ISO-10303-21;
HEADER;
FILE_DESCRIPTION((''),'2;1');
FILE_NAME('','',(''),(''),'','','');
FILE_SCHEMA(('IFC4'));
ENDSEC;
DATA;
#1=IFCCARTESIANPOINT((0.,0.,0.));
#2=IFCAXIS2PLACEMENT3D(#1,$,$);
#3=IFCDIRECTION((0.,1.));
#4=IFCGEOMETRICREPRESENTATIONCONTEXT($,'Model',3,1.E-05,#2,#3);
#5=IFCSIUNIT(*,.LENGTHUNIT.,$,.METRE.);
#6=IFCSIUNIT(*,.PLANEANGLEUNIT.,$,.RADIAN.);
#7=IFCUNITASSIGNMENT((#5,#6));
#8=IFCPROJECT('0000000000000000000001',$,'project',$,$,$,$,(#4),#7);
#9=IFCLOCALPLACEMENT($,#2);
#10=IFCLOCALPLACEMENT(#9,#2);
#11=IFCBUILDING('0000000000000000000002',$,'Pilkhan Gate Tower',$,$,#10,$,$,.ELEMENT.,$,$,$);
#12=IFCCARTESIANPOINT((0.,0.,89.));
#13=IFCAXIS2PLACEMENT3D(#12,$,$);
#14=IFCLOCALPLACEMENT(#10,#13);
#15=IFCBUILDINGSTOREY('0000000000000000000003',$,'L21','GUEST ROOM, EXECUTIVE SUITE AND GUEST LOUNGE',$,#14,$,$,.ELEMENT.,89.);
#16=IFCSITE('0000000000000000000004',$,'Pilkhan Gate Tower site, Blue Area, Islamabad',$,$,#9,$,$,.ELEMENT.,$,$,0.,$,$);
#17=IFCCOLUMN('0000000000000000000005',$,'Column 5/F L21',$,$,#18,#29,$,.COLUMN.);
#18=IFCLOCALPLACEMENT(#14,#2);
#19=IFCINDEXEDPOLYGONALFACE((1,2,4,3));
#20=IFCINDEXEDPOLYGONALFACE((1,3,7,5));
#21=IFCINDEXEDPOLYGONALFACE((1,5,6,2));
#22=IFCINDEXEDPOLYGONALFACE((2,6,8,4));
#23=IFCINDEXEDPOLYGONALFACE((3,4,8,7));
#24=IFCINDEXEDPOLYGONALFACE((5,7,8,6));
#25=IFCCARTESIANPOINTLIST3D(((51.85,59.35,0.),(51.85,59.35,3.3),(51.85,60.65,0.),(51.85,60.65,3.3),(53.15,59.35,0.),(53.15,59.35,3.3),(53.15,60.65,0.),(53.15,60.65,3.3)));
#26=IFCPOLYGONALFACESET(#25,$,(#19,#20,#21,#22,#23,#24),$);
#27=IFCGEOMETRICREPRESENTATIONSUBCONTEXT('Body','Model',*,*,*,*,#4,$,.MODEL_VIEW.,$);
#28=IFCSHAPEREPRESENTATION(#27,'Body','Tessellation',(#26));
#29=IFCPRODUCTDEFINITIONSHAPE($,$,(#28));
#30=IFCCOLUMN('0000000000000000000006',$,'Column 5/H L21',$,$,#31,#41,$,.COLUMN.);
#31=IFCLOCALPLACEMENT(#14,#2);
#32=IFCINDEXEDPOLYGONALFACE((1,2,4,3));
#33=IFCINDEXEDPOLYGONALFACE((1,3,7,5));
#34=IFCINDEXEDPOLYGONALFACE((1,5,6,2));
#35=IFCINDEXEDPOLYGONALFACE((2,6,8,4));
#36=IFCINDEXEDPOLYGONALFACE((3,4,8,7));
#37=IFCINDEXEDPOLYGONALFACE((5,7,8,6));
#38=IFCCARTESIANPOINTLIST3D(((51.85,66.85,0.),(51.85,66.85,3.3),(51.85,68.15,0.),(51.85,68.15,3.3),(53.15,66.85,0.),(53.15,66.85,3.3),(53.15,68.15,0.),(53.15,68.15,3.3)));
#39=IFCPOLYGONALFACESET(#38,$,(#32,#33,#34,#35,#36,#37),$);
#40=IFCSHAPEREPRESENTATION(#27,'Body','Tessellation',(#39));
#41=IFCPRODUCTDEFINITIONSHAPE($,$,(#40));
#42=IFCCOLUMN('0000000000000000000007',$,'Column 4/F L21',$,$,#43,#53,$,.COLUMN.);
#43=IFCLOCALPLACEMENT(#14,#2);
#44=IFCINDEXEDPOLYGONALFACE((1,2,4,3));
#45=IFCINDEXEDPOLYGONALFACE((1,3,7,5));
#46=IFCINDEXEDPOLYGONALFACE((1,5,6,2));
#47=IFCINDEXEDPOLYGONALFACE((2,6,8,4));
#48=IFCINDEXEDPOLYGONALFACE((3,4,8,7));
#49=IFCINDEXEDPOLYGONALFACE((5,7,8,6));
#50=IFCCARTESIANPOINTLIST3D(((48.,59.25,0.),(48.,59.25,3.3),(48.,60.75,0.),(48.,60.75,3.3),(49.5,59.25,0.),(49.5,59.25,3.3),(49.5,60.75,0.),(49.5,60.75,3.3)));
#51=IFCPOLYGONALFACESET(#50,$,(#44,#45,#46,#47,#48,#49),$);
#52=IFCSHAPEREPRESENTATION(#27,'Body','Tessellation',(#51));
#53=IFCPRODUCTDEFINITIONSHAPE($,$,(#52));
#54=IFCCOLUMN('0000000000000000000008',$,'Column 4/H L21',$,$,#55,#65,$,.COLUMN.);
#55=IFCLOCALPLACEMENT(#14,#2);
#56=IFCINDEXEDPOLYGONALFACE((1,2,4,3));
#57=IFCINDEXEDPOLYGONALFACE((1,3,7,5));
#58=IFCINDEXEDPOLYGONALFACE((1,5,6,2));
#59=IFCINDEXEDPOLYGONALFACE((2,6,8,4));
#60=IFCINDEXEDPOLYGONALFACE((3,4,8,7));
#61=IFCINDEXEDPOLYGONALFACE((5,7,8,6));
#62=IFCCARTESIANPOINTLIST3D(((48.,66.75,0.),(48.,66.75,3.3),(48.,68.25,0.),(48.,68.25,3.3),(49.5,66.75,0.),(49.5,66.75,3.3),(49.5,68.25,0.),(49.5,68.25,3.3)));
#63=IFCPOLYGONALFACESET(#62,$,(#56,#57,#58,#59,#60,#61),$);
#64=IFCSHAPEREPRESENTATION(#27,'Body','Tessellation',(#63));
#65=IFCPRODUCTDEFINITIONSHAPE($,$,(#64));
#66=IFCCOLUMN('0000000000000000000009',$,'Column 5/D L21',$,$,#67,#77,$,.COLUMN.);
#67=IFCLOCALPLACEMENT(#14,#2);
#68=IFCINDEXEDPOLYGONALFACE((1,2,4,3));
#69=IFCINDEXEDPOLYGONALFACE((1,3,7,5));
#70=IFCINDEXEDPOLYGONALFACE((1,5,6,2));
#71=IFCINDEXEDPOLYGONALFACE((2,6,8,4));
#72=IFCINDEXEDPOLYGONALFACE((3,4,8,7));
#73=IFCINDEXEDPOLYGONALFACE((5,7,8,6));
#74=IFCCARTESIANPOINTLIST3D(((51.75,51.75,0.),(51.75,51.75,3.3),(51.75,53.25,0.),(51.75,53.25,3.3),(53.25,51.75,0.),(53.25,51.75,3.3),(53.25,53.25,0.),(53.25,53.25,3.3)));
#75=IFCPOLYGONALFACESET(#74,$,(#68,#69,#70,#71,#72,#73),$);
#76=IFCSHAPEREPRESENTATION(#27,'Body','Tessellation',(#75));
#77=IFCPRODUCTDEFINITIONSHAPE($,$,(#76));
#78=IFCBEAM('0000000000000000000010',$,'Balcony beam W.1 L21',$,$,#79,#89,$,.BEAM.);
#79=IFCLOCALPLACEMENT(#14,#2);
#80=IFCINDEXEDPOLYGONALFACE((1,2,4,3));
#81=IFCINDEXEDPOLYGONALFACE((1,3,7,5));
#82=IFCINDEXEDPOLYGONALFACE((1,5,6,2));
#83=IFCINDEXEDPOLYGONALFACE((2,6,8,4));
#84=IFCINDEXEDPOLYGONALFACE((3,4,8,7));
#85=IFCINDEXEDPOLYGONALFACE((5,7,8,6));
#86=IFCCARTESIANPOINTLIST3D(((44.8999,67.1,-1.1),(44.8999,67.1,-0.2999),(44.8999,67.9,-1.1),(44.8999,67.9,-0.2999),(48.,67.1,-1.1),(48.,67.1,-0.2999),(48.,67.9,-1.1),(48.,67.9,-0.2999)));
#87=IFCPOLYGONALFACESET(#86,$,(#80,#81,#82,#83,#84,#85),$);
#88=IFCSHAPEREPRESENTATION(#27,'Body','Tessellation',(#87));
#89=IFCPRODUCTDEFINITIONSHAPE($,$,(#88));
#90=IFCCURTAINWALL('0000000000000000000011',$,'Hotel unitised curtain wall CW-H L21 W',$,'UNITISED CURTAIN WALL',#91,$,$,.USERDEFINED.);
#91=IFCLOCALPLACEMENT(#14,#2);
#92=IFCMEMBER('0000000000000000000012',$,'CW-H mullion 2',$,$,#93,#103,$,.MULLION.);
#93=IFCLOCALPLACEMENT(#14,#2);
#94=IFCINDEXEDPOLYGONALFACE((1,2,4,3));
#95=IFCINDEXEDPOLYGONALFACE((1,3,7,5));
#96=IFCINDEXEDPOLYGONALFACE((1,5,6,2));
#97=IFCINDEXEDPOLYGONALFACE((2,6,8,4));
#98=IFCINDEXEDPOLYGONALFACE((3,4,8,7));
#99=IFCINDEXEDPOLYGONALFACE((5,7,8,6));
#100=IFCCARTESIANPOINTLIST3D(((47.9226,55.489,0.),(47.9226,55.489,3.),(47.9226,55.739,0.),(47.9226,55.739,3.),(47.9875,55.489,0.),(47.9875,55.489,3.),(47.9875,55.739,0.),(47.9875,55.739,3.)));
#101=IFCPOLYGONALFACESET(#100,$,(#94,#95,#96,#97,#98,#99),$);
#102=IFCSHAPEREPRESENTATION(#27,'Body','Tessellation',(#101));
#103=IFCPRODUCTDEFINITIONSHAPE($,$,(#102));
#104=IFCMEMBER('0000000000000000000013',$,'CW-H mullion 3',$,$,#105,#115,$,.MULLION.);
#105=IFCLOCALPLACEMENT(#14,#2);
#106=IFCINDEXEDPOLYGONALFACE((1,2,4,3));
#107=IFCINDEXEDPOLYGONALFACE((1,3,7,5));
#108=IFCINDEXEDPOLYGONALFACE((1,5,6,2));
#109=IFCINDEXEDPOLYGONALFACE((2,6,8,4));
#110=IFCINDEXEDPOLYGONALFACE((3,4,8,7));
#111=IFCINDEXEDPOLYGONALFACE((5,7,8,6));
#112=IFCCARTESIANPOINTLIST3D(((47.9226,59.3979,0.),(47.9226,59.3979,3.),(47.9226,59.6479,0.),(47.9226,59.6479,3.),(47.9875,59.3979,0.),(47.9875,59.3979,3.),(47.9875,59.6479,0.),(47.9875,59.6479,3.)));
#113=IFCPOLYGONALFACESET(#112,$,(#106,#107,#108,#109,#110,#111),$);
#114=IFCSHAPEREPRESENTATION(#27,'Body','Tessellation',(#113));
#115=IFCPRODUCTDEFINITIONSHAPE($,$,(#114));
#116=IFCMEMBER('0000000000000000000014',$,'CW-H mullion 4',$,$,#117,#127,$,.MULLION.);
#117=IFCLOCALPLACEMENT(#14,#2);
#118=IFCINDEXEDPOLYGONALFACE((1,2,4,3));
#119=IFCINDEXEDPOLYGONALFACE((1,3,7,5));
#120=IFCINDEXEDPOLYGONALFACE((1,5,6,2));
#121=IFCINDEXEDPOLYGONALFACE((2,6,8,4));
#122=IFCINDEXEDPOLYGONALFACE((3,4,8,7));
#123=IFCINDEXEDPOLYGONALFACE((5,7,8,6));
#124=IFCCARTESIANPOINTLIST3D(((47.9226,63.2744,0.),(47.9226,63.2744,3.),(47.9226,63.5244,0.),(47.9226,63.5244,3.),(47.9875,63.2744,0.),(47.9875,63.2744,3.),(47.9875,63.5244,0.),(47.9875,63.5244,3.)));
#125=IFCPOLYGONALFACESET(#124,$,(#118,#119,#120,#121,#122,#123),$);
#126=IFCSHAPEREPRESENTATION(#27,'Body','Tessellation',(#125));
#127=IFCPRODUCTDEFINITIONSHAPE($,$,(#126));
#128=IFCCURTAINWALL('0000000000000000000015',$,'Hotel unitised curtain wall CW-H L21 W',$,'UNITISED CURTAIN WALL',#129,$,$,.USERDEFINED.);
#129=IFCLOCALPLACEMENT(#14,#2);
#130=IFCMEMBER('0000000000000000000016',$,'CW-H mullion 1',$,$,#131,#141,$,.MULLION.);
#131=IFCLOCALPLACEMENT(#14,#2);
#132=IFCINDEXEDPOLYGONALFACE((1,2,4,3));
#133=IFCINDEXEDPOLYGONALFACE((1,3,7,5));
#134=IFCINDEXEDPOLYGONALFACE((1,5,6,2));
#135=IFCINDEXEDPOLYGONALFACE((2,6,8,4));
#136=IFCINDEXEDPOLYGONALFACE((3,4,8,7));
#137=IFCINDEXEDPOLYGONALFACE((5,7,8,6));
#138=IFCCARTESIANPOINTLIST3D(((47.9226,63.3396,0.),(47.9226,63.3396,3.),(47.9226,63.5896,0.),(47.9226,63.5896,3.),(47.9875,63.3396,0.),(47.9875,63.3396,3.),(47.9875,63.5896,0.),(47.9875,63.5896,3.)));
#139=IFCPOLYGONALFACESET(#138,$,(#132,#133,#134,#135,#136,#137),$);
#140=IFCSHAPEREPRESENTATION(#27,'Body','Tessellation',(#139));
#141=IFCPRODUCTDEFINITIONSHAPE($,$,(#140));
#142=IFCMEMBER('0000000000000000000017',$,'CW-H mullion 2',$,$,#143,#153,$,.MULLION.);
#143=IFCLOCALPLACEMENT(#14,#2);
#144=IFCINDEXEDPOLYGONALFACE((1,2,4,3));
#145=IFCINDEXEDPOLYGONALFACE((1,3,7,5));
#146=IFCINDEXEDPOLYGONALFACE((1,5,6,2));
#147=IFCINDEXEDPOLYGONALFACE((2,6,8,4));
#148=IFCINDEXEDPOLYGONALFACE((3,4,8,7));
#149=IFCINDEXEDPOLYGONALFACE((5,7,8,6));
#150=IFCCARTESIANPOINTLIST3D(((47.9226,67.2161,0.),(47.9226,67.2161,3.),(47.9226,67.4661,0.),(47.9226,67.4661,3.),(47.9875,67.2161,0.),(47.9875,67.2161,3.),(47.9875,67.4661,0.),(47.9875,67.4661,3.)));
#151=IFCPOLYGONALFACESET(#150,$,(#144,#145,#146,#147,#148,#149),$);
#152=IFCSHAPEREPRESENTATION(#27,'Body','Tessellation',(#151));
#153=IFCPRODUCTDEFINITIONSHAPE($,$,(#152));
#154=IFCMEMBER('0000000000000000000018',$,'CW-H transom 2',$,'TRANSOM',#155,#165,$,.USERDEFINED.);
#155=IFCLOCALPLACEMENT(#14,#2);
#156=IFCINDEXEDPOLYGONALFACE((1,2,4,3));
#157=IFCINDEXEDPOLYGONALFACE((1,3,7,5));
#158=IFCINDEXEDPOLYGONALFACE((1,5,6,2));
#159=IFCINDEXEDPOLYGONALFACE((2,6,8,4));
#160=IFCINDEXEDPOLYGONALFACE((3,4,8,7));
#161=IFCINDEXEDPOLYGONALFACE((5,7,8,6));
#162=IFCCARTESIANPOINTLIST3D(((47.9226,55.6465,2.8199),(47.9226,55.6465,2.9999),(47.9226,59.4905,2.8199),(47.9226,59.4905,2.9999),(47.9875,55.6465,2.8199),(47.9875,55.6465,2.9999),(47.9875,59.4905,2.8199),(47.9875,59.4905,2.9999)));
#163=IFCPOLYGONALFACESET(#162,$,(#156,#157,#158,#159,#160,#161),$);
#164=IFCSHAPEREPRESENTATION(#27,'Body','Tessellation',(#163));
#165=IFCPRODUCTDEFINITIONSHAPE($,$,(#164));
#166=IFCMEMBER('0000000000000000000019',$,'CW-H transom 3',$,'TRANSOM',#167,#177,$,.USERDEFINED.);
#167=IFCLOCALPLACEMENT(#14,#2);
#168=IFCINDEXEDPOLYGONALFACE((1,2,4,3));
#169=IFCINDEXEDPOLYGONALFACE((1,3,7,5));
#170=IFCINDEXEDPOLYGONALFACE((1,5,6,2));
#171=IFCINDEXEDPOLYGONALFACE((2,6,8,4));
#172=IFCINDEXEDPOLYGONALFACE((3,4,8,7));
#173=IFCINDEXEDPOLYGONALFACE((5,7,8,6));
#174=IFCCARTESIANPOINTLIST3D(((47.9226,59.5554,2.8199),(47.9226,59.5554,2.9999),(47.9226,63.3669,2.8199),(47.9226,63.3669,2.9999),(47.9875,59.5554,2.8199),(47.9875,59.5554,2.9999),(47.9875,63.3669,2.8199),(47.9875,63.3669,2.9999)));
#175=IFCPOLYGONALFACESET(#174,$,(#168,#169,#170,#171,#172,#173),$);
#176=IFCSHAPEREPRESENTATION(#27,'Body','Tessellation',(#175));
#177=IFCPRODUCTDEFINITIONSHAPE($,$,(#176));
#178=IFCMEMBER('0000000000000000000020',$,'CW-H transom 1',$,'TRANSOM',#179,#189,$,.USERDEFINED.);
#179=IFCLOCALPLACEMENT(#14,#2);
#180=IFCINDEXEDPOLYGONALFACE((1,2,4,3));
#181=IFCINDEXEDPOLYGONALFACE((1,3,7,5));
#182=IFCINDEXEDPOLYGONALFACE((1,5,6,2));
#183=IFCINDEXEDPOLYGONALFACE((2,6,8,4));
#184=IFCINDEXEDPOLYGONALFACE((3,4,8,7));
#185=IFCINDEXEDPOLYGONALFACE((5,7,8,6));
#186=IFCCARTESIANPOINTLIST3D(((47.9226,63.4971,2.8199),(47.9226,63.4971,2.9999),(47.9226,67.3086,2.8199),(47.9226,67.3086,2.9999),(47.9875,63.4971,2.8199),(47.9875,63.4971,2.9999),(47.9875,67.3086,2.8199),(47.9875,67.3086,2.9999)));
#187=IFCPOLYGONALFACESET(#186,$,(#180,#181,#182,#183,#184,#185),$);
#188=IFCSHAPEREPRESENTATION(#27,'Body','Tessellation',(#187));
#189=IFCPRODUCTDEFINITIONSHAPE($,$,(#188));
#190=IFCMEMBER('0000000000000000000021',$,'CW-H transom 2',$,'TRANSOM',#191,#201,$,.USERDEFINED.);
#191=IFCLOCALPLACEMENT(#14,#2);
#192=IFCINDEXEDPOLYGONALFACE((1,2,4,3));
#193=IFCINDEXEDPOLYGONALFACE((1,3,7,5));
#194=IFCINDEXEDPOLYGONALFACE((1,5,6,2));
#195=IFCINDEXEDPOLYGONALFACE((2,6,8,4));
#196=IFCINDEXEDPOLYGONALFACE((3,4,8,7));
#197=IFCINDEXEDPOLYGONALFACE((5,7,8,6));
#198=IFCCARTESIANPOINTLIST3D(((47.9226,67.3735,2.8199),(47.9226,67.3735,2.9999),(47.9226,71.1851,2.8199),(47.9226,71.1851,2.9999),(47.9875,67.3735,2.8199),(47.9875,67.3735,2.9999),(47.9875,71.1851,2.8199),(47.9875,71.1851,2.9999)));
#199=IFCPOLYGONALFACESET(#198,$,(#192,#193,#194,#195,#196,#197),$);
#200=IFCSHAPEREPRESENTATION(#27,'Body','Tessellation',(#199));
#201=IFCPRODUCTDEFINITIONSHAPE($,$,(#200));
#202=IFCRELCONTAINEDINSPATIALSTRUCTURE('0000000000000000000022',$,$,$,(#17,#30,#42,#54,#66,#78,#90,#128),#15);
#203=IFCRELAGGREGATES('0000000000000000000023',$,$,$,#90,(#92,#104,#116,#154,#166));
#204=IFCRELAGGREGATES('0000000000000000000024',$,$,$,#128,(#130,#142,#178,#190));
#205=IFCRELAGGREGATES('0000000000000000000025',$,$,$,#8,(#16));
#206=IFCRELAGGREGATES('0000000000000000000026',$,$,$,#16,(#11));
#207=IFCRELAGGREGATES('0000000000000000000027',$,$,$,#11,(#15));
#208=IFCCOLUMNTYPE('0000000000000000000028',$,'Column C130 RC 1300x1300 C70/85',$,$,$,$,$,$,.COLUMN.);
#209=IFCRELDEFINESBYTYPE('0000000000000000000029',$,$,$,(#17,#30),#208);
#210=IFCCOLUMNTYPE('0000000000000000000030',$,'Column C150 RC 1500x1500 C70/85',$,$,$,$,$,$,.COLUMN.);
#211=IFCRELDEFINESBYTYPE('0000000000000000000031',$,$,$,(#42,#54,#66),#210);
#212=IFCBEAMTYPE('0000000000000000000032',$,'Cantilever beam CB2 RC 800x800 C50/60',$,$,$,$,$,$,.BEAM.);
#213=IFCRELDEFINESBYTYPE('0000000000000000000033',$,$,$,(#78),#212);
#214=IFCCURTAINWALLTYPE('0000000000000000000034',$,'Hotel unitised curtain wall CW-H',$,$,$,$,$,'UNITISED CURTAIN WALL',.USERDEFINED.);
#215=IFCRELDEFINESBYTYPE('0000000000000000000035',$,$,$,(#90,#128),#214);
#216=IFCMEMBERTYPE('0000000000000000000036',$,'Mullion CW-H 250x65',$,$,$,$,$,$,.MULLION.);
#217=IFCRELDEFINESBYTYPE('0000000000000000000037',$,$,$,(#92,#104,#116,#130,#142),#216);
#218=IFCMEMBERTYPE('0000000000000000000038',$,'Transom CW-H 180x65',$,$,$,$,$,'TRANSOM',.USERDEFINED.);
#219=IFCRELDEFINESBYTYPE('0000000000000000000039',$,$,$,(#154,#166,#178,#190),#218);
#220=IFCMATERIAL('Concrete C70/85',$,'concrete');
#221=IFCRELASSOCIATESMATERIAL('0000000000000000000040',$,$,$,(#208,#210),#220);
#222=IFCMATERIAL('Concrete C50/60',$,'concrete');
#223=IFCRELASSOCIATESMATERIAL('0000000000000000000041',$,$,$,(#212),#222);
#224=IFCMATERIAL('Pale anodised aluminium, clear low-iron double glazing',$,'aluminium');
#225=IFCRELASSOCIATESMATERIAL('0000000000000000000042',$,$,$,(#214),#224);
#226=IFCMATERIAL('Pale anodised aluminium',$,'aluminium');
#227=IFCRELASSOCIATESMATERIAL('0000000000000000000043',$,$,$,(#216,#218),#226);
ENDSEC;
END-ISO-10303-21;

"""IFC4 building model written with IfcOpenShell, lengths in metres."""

from ifc_helpers import new_model, si_unit, direction, frame, origin, origin_2d, place, context, subcontext, project, spatial, rectangle, extrude, material, material_profile, profile_set, type_object, element, aggregate, save


model = new_model("IFC4")

# Units and contexts
model_context = context("Model", 3, precision=1e-05, world=origin(), true_north=direction((0.0, 1.0)))
body_context = subcontext(model_context, "Body", "Model", "MODEL_VIEW")
ifc_project = project(units=[si_unit("LENGTHUNIT", "METRE"), si_unit("PLANEANGLEUNIT", "RADIAN")], contexts=[model_context])

# Site, building, storey
site_placement = place(None, origin())
site = spatial("IfcSite", under=ifc_project, at=site_placement, Name="Pilkhan Gate Tower site, Blue Area, Islamabad", CompositionType="ELEMENT", RefElevation=0.0)
building_placement = place(site_placement, origin())
building = spatial("IfcBuilding", under=site, at=building_placement, Name="Pilkhan Gate Tower", CompositionType="ELEMENT")
storey_placement = place(building_placement, frame((0.0, 0.0, 89.0)))
storey = spatial("IfcBuildingStorey", under=building, at=storey_placement, Name="L21", Description="GUEST ROOM, EXECUTIVE SUITE AND GUEST LOUNGE", CompositionType="ELEMENT", Elevation=89.0)

# Columns
ifc_material_1 = material(Name="Concrete C70/85", Category="concrete")
ifc_material_profile_1 = material_profile(ifc_material_1, rectangle(XDim=1.3, YDim=1.3, at=origin_2d()), Name="RC 1300x1300")
ifc_profile_set_1 = profile_set([ifc_material_profile_1], Name="Concrete C70/85")
column_type_1 = type_object("IfcColumnType", Name="Column C130 RC 1300x1300 C70/85", PredefinedType="COLUMN", material=ifc_profile_set_1)
for number, where, z_axis, x_axis, name in (
    (1, (52.5, 60.0, 0.0), (0.0, 0.0, 1.0), (1.0, 0.0, 0.0), "Column 5/F L21"),
    (2, (52.5, 67.5, 0.0), (0.0, 0.0, 1.0), (1.0, 0.0, 0.0), "Column 5/H L21"),
):
    element("IfcColumn", number, at=place(storey_placement, frame(where, z_axis=z_axis, x_axis=x_axis)), inside=storey, type_object=column_type_1, Name=name, PredefinedType="COLUMN", context=body_context, shape_type="SweptSolid", body=[
        extrude(rectangle(XDim=1.3, YDim=1.3, at=origin_2d()), origin(), (0.0, 0.0, 1.0), 3.3),
    ])
ifc_material_profile_2 = material_profile(ifc_material_1, rectangle(XDim=1.5, YDim=1.5, at=origin_2d()), Name="RC 1500x1500")
ifc_profile_set_2 = profile_set([ifc_material_profile_2], Name="Concrete C70/85")
column_type_2 = type_object("IfcColumnType", Name="Column C150 RC 1500x1500 C70/85", PredefinedType="COLUMN", material=ifc_profile_set_2)
for number, where, z_axis, x_axis, name in (
    (3, (48.75, 60.0, 0.0), (0.0, 0.0, 1.0), (1.0, 0.0, 0.0), "Column 4/F L21"),
    (4, (48.75, 67.5, 0.0), (0.0, 0.0, 1.0), (1.0, 0.0, 0.0), "Column 4/H L21"),
    (5, (52.5, 52.5, 0.0), (0.0, 0.0, 1.0), (1.0, 0.0, 0.0), "Column 5/D L21"),
):
    element("IfcColumn", number, at=place(storey_placement, frame(where, z_axis=z_axis, x_axis=x_axis)), inside=storey, type_object=column_type_2, Name=name, PredefinedType="COLUMN", context=body_context, shape_type="SweptSolid", body=[
        extrude(rectangle(XDim=1.5, YDim=1.5, at=origin_2d()), origin(), (0.0, 0.0, 1.0), 3.3),
    ])

# Beam
ifc_material_2 = material(Name="Concrete C50/60", Category="concrete")
ifc_material_profile_3 = material_profile(ifc_material_2, rectangle(XDim=0.8, YDim=0.8, at=origin_2d()), Name="RC 800x800")
ifc_profile_set_3 = profile_set([ifc_material_profile_3], Name="Concrete C50/60")
beam_type = type_object("IfcBeamType", Name="Cantilever beam CB2 RC 800x800 C50/60", PredefinedType="BEAM", material=ifc_profile_set_3)
beam_placement = place(storey_placement, frame((48.0, 67.5, -0.7), z_axis=(-1.0, 0.0, 0.0), x_axis=(0.0, -1.0, 0.0)))
element("IfcBeam", 6, at=beam_placement, inside=storey, type_object=beam_type, Name="Balcony beam W.1 L21", PredefinedType="BEAM", context=body_context, shape_type="SweptSolid", body=[
    extrude(rectangle(XDim=0.8, YDim=0.8, at=origin_2d()), origin(), (0.0, 0.0, 1.0), 3.1001),
])

# Curtain walls, members
ifc_material_3 = material(Name="Pale anodised aluminium, clear low-iron double glazing", Category="aluminium")
curtain_wall_type = type_object("IfcCurtainWallType", Name="Hotel unitised curtain wall CW-H", ElementType="UNITISED CURTAIN WALL", PredefinedType="USERDEFINED", material=ifc_material_3)
curtain_wall_1_placement = place(storey_placement, origin())
curtain_wall_1 = element("IfcCurtainWall", 7, at=curtain_wall_1_placement, inside=storey, type_object=curtain_wall_type, Name="Hotel unitised curtain wall CW-H L21 W", ObjectType="UNITISED CURTAIN WALL", PredefinedType="USERDEFINED")
ifc_material_4 = material(Name="Pale anodised aluminium", Category="aluminium")
ifc_material_profile_4 = material_profile(ifc_material_4, rectangle(XDim=0.0649, YDim=0.25, at=origin_2d()), Name="Mullion 250x65")
ifc_profile_set_4 = profile_set([ifc_material_profile_4], Name="Pale anodised aluminium")
member_type_1 = type_object("IfcMemberType", Name="Mullion CW-H 250x65", PredefinedType="MULLION", material=ifc_profile_set_4)
member_1_placement = place(storey_placement, frame((47.9551, 55.614, 0.0), z_axis=(0.0, 0.0, 1.0), x_axis=(-1.0, 0.0, 0.0)))
member_1 = element("IfcMember", 8, at=member_1_placement, type_object=member_type_1, Name="CW-H mullion 2", PredefinedType="MULLION", context=body_context, shape_type="SweptSolid", body=[
    extrude(rectangle(XDim=0.0649, YDim=0.25, at=origin_2d()), origin(), (0.0, 0.0, 1.0), 3.0),
])
member_2_placement = place(storey_placement, frame((47.9551, 59.5229, 0.0), z_axis=(0.0, 0.0, 1.0), x_axis=(-1.0, 0.0, 0.0)))
member_2 = element("IfcMember", 9, at=member_2_placement, type_object=member_type_1, Name="CW-H mullion 3", PredefinedType="MULLION", context=body_context, shape_type="SweptSolid", body=[
    extrude(rectangle(XDim=0.0649, YDim=0.25, at=origin_2d()), origin(), (0.0, 0.0, 1.0), 3.0),
])
member_3_placement = place(storey_placement, frame((47.9551, 63.3994, 0.0), z_axis=(0.0, 0.0, 1.0), x_axis=(-1.0, 0.0, 0.0)))
member_3 = element("IfcMember", 10, at=member_3_placement, type_object=member_type_1, Name="CW-H mullion 4", PredefinedType="MULLION", context=body_context, shape_type="SweptSolid", body=[
    extrude(rectangle(XDim=0.0649, YDim=0.25, at=origin_2d()), origin(), (0.0, 0.0, 1.0), 3.0),
])
curtain_wall_2_placement = place(storey_placement, origin())
curtain_wall_2 = element("IfcCurtainWall", 11, at=curtain_wall_2_placement, inside=storey, type_object=curtain_wall_type, Name="Hotel unitised curtain wall CW-H L21 W", ObjectType="UNITISED CURTAIN WALL", PredefinedType="USERDEFINED")
member_4_placement = place(storey_placement, frame((47.9551, 63.4646, 0.0), z_axis=(0.0, 0.0, 1.0), x_axis=(-1.0, 0.0, 0.0)))
member_4 = element("IfcMember", 12, at=member_4_placement, type_object=member_type_1, Name="CW-H mullion 1", PredefinedType="MULLION", context=body_context, shape_type="SweptSolid", body=[
    extrude(rectangle(XDim=0.0649, YDim=0.25, at=origin_2d()), origin(), (0.0, 0.0, 1.0), 3.0),
])
member_5_placement = place(storey_placement, frame((47.9551, 67.3411, 0.0), z_axis=(0.0, 0.0, 1.0), x_axis=(-1.0, 0.0, 0.0)))
member_5 = element("IfcMember", 13, at=member_5_placement, type_object=member_type_1, Name="CW-H mullion 2", PredefinedType="MULLION", context=body_context, shape_type="SweptSolid", body=[
    extrude(rectangle(XDim=0.0649, YDim=0.25, at=origin_2d()), origin(), (0.0, 0.0, 1.0), 3.0),
])

# Members
ifc_material_profile_5 = material_profile(ifc_material_4, rectangle(XDim=0.0649, YDim=0.1799, at=origin_2d()), Name="Transom 180x65")
ifc_profile_set_5 = profile_set([ifc_material_profile_5], Name="Pale anodised aluminium")
member_type_2 = type_object("IfcMemberType", Name="Transom CW-H 180x65", ElementType="TRANSOM", PredefinedType="USERDEFINED", material=ifc_profile_set_5)
member_6_placement = place(storey_placement, frame((47.9551, 55.6465, 2.9099), z_axis=(0.0, 1.0, 0.0), x_axis=(-1.0, 0.0, 0.0)))
member_6 = element("IfcMember", 14, at=member_6_placement, type_object=member_type_2, Name="CW-H transom 2", ObjectType="TRANSOM", PredefinedType="USERDEFINED", context=body_context, shape_type="SweptSolid", body=[
    extrude(rectangle(XDim=0.0649, YDim=0.1799, at=origin_2d()), origin(), (0.0, 0.0, 1.0), 3.844),
])
member_7_placement = place(storey_placement, frame((47.9551, 59.5554, 2.9099), z_axis=(0.0, 1.0, 0.0), x_axis=(-1.0, 0.0, 0.0)))
member_7 = element("IfcMember", 15, at=member_7_placement, type_object=member_type_2, Name="CW-H transom 3", ObjectType="TRANSOM", PredefinedType="USERDEFINED", context=body_context, shape_type="SweptSolid", body=[
    extrude(rectangle(XDim=0.0649, YDim=0.1799, at=origin_2d()), origin(), (0.0, 0.0, 1.0), 3.8115),
])
member_8_placement = place(storey_placement, frame((47.9551, 63.4971, 2.9099), z_axis=(0.0, 1.0, 0.0), x_axis=(-1.0, 0.0, 0.0)))
member_8 = element("IfcMember", 16, at=member_8_placement, type_object=member_type_2, Name="CW-H transom 1", ObjectType="TRANSOM", PredefinedType="USERDEFINED", context=body_context, shape_type="SweptSolid", body=[
    extrude(rectangle(XDim=0.0649, YDim=0.1799, at=origin_2d()), origin(), (0.0, 0.0, 1.0), 3.8115),
])
member_9_placement = place(storey_placement, frame((47.9551, 67.3735, 2.9099), z_axis=(0.0, 1.0, 0.0), x_axis=(-1.0, 0.0, 0.0)))
member_9 = element("IfcMember", 17, at=member_9_placement, type_object=member_type_2, Name="CW-H transom 2", ObjectType="TRANSOM", PredefinedType="USERDEFINED", context=body_context, shape_type="SweptSolid", body=[
    extrude(rectangle(XDim=0.0649, YDim=0.1799, at=origin_2d()), origin(), (0.0, 0.0, 1.0), 3.8115),
])

aggregate(curtain_wall_1, [member_1, member_2, member_3, member_6, member_7])
aggregate(curtain_wall_2, [member_4, member_5, member_8, member_9])

save(model, "model.ifc")
